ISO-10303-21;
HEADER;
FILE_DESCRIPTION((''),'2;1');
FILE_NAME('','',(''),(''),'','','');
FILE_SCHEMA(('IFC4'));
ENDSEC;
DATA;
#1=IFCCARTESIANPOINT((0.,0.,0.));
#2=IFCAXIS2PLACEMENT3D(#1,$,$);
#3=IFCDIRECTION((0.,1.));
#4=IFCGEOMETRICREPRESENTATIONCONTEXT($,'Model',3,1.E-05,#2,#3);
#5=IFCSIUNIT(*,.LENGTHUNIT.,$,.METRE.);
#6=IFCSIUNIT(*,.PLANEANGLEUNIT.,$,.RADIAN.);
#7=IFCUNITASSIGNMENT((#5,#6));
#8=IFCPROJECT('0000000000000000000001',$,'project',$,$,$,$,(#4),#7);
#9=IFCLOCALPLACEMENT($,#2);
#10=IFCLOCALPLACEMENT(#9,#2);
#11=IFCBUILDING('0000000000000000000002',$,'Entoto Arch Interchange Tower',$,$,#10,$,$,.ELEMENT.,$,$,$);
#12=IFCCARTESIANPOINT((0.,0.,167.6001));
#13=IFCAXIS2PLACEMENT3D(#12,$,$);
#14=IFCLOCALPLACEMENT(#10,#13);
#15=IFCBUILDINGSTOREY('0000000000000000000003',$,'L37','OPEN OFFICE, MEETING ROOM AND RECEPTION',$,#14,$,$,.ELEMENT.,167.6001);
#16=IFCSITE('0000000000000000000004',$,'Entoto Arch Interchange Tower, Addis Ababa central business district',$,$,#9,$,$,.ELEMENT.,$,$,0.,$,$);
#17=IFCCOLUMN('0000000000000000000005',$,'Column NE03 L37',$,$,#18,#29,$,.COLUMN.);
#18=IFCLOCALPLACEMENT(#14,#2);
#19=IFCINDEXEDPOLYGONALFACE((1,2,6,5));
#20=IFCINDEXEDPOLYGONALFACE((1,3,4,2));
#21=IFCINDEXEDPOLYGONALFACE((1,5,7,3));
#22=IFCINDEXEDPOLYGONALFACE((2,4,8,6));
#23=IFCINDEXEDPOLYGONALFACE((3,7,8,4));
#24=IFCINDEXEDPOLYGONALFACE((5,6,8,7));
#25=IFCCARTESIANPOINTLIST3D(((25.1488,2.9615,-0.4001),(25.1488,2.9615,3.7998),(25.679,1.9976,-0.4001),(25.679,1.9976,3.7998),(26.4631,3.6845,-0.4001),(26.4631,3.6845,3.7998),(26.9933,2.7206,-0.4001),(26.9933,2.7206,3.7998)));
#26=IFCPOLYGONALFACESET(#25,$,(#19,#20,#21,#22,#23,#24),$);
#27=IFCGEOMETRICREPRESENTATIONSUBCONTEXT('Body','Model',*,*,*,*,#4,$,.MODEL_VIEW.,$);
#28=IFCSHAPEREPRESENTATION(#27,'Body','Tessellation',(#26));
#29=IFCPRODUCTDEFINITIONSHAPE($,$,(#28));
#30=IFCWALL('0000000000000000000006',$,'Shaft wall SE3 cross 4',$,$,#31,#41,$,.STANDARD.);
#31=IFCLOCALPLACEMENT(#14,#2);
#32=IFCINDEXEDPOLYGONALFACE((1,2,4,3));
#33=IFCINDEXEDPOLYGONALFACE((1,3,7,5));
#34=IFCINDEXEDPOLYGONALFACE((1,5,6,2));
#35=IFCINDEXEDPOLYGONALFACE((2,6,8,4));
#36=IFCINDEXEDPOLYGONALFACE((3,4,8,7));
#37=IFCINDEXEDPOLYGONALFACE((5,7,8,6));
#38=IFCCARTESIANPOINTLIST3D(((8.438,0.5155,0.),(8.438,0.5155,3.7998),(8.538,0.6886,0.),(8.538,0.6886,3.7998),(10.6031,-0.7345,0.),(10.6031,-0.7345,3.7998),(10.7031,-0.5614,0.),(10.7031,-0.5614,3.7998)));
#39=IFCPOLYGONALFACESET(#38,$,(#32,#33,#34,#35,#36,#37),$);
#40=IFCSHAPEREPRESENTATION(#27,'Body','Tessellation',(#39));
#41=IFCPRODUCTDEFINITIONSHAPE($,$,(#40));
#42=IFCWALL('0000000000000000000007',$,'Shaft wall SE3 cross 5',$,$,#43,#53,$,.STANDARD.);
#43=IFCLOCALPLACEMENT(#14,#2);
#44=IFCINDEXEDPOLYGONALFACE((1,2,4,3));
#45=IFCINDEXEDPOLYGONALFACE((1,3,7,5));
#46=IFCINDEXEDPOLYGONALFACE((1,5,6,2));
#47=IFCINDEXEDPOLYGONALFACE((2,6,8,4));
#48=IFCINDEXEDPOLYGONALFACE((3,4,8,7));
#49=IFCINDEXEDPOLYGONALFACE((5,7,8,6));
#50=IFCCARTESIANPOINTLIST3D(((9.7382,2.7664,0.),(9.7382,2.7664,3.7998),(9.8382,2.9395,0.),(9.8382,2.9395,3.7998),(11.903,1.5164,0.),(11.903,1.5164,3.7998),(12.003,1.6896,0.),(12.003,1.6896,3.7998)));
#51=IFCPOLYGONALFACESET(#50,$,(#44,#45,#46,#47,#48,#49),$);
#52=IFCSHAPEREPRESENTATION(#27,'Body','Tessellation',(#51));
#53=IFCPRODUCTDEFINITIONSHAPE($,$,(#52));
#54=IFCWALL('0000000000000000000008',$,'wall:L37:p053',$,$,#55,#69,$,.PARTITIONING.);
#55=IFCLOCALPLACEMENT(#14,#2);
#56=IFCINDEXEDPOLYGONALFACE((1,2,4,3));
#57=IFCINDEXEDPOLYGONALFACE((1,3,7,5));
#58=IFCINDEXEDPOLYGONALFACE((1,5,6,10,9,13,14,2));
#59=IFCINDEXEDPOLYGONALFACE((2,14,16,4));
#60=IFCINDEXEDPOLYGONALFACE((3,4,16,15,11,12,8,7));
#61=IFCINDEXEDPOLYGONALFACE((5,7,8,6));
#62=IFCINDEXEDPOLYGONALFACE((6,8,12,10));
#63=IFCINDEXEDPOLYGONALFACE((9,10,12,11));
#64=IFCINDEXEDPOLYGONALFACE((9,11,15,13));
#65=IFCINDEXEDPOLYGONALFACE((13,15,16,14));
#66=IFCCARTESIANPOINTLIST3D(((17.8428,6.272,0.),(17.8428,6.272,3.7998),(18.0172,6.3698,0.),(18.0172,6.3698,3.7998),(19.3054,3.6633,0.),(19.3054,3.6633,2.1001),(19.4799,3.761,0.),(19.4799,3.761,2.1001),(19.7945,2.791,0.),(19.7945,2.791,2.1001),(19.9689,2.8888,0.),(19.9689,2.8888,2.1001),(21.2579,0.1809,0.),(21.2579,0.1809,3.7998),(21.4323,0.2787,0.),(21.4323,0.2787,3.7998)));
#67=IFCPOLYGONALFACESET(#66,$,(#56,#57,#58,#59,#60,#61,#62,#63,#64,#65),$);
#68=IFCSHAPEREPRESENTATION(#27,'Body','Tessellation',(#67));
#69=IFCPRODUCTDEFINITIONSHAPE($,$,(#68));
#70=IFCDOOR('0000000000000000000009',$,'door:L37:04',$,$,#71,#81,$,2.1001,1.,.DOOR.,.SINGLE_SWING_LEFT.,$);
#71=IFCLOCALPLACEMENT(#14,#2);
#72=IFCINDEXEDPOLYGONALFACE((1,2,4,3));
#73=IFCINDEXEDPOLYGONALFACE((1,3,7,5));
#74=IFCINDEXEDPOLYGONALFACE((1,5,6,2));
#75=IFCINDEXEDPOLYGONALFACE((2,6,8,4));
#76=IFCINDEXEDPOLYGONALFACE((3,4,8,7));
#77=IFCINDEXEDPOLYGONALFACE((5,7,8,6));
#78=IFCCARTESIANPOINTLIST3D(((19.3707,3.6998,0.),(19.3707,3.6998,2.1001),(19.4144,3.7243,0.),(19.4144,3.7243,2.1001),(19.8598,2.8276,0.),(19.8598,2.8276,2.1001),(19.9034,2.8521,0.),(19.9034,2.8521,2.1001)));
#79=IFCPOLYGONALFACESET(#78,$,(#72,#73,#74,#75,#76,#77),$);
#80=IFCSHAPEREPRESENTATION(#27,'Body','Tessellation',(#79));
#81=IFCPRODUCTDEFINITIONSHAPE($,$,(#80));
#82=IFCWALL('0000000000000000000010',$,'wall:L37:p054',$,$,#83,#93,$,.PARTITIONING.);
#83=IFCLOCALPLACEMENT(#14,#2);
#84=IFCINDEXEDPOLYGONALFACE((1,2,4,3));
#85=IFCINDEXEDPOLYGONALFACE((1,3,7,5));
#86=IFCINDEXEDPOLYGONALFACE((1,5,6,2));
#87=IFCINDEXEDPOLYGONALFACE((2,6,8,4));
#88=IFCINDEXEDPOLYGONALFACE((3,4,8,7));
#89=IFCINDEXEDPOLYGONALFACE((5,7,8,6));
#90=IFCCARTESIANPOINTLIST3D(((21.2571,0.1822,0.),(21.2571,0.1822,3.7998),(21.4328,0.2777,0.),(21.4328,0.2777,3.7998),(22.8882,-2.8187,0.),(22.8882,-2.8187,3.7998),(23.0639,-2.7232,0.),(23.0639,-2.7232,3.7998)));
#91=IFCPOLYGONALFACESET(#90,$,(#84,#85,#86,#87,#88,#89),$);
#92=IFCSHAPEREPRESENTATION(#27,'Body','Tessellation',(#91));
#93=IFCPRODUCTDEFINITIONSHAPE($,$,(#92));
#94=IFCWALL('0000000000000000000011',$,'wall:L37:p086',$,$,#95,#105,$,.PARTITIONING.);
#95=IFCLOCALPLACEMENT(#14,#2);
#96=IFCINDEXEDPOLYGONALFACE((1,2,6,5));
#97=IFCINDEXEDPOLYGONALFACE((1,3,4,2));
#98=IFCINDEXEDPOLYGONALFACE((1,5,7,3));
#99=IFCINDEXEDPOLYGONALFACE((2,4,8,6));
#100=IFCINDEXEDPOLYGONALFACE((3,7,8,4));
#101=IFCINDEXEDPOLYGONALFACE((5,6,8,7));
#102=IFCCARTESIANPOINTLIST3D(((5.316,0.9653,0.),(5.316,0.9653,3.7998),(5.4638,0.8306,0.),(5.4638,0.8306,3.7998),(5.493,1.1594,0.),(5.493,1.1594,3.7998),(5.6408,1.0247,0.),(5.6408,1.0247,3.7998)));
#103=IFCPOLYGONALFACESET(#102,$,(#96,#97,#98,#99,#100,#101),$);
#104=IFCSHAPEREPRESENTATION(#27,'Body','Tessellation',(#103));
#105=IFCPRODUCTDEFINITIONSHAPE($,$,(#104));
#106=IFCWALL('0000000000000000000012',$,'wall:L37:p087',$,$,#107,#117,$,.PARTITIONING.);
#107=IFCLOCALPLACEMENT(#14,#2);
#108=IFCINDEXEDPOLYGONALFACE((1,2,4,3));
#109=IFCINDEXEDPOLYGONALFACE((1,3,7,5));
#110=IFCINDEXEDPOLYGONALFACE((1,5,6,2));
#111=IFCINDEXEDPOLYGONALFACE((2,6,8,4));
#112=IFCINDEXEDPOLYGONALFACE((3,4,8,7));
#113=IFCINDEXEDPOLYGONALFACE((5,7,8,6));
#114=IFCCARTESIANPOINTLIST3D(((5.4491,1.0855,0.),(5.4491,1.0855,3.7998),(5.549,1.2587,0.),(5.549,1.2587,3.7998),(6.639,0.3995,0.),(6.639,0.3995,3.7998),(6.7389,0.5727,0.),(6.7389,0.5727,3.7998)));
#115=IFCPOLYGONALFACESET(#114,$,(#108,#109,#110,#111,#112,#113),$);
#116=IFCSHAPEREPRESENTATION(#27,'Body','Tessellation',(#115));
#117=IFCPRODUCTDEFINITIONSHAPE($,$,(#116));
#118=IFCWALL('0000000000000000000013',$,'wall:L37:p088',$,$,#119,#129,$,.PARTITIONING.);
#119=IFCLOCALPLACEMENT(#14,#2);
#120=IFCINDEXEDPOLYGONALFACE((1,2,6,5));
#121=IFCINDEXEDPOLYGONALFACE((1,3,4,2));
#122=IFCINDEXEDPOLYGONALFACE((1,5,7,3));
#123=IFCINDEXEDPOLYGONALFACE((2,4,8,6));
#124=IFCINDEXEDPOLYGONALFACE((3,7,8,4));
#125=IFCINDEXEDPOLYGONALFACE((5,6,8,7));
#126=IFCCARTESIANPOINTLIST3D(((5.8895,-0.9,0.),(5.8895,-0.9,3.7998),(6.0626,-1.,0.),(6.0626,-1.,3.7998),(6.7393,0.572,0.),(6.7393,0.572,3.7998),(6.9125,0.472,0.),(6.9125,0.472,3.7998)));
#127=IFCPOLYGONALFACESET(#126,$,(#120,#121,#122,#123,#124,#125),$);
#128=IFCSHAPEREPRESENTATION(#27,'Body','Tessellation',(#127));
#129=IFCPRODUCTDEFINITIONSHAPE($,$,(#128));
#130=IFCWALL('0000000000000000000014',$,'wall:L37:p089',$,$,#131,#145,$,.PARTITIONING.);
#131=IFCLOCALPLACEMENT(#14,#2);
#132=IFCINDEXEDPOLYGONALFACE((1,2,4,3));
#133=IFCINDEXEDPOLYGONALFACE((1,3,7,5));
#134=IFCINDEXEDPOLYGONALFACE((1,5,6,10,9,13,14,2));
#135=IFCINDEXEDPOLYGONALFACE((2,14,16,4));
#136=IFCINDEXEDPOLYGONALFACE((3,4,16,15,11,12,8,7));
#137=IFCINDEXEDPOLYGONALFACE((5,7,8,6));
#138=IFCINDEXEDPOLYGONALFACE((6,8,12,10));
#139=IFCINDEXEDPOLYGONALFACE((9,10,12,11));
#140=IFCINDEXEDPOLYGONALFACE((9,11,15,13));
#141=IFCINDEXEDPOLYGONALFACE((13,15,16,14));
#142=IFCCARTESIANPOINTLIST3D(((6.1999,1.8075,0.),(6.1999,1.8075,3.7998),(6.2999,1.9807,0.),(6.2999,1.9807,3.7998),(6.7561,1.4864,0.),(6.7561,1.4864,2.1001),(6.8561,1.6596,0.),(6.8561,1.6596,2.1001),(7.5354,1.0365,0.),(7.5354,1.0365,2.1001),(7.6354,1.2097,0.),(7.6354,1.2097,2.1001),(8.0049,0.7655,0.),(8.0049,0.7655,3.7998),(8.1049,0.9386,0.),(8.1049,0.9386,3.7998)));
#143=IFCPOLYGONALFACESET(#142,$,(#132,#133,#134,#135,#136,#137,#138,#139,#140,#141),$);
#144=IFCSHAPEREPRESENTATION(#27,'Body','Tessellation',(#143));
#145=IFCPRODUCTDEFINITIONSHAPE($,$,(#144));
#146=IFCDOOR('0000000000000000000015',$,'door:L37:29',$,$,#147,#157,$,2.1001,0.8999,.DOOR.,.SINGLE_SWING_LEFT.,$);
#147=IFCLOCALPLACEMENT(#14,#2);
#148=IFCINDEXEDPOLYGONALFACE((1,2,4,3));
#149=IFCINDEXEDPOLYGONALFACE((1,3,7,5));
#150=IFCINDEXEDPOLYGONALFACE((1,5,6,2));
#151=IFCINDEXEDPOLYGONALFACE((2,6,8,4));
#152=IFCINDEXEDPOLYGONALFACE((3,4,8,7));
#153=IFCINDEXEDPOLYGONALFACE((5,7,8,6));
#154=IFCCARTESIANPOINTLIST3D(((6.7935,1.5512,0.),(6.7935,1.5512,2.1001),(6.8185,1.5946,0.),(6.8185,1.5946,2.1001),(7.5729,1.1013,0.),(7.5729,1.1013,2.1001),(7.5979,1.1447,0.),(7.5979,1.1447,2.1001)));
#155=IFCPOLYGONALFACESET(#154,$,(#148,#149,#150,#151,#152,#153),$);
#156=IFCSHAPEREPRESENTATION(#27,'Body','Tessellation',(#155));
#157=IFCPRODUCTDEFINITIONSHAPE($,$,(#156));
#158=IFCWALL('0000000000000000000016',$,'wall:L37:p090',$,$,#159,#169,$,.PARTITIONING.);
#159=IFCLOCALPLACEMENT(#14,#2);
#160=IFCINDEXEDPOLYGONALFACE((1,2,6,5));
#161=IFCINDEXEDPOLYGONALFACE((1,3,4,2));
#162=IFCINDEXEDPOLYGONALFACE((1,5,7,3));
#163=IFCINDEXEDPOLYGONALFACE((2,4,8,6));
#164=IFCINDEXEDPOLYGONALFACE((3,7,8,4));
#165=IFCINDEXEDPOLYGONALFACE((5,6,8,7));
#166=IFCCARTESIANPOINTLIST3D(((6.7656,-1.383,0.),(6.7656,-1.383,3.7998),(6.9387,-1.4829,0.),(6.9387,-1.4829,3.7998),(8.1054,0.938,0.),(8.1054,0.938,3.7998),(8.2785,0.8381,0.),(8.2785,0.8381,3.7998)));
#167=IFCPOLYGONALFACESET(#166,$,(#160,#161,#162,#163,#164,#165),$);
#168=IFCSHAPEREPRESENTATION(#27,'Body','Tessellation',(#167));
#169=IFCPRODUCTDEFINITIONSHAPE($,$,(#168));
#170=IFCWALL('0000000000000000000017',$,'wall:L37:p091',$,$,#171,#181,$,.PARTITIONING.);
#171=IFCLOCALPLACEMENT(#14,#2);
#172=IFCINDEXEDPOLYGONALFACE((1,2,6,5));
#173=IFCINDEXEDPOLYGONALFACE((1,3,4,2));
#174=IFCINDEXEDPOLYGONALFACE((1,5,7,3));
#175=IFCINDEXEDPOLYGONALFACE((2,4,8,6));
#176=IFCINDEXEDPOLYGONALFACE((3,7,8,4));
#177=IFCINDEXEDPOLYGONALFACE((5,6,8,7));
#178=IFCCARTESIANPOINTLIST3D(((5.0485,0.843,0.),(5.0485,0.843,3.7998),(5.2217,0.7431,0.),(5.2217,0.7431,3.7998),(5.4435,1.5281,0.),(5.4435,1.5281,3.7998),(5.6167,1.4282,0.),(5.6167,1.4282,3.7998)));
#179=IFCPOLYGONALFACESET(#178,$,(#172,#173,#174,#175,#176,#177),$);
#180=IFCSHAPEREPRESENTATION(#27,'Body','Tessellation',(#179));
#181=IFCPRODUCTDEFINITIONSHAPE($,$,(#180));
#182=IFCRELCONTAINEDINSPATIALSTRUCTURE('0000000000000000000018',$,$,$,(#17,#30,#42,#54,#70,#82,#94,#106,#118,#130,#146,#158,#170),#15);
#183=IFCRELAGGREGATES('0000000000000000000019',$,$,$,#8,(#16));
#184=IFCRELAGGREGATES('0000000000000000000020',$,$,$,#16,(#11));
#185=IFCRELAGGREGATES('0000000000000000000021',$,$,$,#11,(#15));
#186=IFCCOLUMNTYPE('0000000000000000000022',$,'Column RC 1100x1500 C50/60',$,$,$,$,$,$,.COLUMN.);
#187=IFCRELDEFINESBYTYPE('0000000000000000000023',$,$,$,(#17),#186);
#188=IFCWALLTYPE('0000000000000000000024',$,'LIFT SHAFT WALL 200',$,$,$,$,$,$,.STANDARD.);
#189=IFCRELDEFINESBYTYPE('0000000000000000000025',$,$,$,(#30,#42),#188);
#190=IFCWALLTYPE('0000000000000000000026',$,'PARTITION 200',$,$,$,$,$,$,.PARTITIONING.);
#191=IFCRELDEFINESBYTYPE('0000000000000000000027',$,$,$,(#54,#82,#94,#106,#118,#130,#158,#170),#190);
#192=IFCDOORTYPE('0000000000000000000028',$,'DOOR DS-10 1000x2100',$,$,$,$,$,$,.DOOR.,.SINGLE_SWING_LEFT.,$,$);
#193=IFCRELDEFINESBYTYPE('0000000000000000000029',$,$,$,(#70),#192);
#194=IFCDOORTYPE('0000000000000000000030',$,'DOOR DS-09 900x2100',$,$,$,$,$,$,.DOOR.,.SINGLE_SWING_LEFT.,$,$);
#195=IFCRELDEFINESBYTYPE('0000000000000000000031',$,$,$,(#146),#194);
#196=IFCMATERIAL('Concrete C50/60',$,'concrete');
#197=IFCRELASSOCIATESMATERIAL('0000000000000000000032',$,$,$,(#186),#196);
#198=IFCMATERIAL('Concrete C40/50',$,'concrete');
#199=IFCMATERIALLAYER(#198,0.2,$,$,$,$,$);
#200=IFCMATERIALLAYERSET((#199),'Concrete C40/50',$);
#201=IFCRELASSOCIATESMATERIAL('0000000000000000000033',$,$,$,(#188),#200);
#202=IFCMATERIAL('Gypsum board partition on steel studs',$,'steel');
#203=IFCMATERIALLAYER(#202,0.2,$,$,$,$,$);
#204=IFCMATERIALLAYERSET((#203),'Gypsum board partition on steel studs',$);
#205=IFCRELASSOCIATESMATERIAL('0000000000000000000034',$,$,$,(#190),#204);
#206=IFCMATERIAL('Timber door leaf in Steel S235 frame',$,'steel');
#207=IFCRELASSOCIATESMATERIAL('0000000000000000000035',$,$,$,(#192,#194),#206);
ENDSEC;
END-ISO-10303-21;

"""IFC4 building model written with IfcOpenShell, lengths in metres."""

from ifc_helpers import new_model, si_unit, direction, frame, frame_2d, origin, origin_2d, place, context, subcontext, project, spatial, rectangle, extrude, material, layer, layer_set, material_profile, profile_set, type_object, element, fill, save


model = new_model("IFC4")

# Units and contexts
model_context = context("Model", 3, precision=1e-05, world=origin(), true_north=direction((0.0, 1.0)))
body_context = subcontext(model_context, "Body", "Model", "MODEL_VIEW")
ifc_project = project(units=[si_unit("LENGTHUNIT", "METRE"), si_unit("PLANEANGLEUNIT", "RADIAN")], contexts=[model_context])

# Site, building, storey
site_placement = place(None, origin())
site = spatial("IfcSite", under=ifc_project, at=site_placement, Name="Entoto Arch Interchange Tower, Addis Ababa central business district", CompositionType="ELEMENT", RefElevation=0.0)
building_placement = place(site_placement, origin())
building = spatial("IfcBuilding", under=site, at=building_placement, Name="Entoto Arch Interchange Tower", CompositionType="ELEMENT")
storey_placement = place(building_placement, frame((0.0, 0.0, 167.6001)))
storey = spatial("IfcBuildingStorey", under=building, at=storey_placement, Name="L37", Description="OPEN OFFICE, MEETING ROOM AND RECEPTION", CompositionType="ELEMENT", Elevation=167.6001)

# Column
ifc_material_1 = material(Name="Concrete C50/60", Category="concrete")
ifc_material_profile = material_profile(ifc_material_1, rectangle(XDim=1.1001, YDim=1.5, at=origin_2d()))
ifc_profile_set = profile_set([ifc_material_profile], Name="Concrete C50/60")
column_type = type_object("IfcColumnType", Name="Column RC 1100x1500 C50/60", PredefinedType="COLUMN", material=ifc_profile_set)
column_placement = place(storey_placement, frame((26.071, 2.8411, -0.4001), z_axis=(0.0, 0.0, 1.0), x_axis=(-0.481983, 0.876181, 0.0)))
element("IfcColumn", 1, at=column_placement, inside=storey, type_object=column_type, Name="Column NE03 L37", PredefinedType="COLUMN", context=body_context, shape_type="SweptSolid", body=[
    extrude(rectangle(XDim=1.1001, YDim=1.5, at=origin_2d()), origin(), (0.0, 0.0, 1.0), 4.2),
])

# Walls
ifc_material_2 = material(Name="Concrete C40/50", Category="concrete")
ifc_layer_1 = layer(ifc_material_2, 0.2)
ifc_layer_set_1 = layer_set([ifc_layer_1], Name="Concrete C40/50")
wall_type_1 = type_object("IfcWallType", Name="LIFT SHAFT WALL 200", PredefinedType="STANDARD", material=ifc_layer_set_1)
wall_1_placement = place(storey_placement, frame((8.488, 0.6021, 0.0), z_axis=(0.0, 0.0, 1.0), x_axis=(0.866023, -0.500004, 0.0)))
element("IfcWall", 2, at=wall_1_placement, inside=storey, type_object=wall_type_1, Name="Shaft wall SE3 cross 4", PredefinedType="STANDARD", context=body_context, shape_type="SweptSolid", body=[
    extrude(rectangle(XDim=2.5, YDim=0.2, at=frame_2d((1.25, 0.0))), origin(), (0.0, 0.0, 1.0), 3.7998),
])
wall_2_placement = place(storey_placement, frame((9.7881, 2.853, 0.0), z_axis=(0.0, 0.0, 1.0), x_axis=(0.865999, -0.500047, 0.0)))
element("IfcWall", 3, at=wall_2_placement, inside=storey, type_object=wall_type_1, Name="Shaft wall SE3 cross 5", PredefinedType="STANDARD", context=body_context, shape_type="SweptSolid", body=[
    extrude(rectangle(XDim=2.4998, YDim=0.2, at=frame_2d((1.25, 0.0))), origin(), (0.0, 0.0, 1.0), 3.7998),
])

# Wall, opening, door
ifc_material_3 = material(Name="Gypsum board partition on steel studs", Category="steel")
ifc_layer_2 = layer(ifc_material_3, 0.2)
ifc_layer_set_2 = layer_set([ifc_layer_2], Name="Gypsum board partition on steel studs")
wall_type_2 = type_object("IfcWallType", Name="PARTITION 200", PredefinedType="PARTITIONING", material=ifc_layer_set_2)
wall_3_placement = place(storey_placement, frame((17.9299, 6.321, 0.0), z_axis=(0.0, 0.0, 1.0), x_axis=(0.489044, -0.872259, 0.0)))
wall_3 = element("IfcWall", 4, at=wall_3_placement, inside=storey, type_object=wall_type_2, Name="wall:L37:p053", PredefinedType="PARTITIONING", context=body_context, shape_type="SweptSolid", body=[
    extrude(rectangle(XDim=6.9832, YDim=0.2, at=frame_2d((3.4917, 0.0))), origin(), (0.0, 0.0, 1.0), 3.7998),
])
opening_1_placement = place(wall_3_placement, frame((2.991, 0.0, 0.0)))
opening_1 = element("IfcOpeningElement", 5, at=opening_1_placement, cuts=wall_3, PredefinedType="OPENING", context=body_context, shape_type="SweptSolid", body=[
    extrude(rectangle(XDim=1.0, YDim=2.1001, at=frame_2d((0.5, 1.05))), frame((0.0, 0.1099, 0.0), z_axis=(0.0, -1.0, 0.0), x_axis=(1.0, 0.0, 0.0)), (0.0, 0.0, 1.0), 0.22),
])
ifc_material_4 = material(Name="Timber door leaf in Steel S235 frame", Category="steel")
door_type_1 = type_object("IfcDoorType", Name="DOOR DS-10 1000x2100", OperationType="SINGLE_SWING_LEFT", PredefinedType="DOOR", material=ifc_material_4)
door_1_placement = place(opening_1_placement, origin())
door_1 = element("IfcDoor", 6, at=door_1_placement, inside=storey, type_object=door_type_1, Name="door:L37:04", OperationType="SINGLE_SWING_LEFT", OverallHeight=2.1001, OverallWidth=1.0, PredefinedType="DOOR", context=body_context, shape_type="SweptSolid", body=[
    extrude(rectangle(XDim=1.0, YDim=2.1001, at=frame_2d((0.5, 1.05))), frame((0.0, 0.0249, 0.0), z_axis=(0.0, -1.0, 0.0), x_axis=(1.0, 0.0, 0.0)), (0.0, 0.0, 1.0), 0.05),
])
fill(opening_1, door_1)

# Walls
wall_4_placement = place(storey_placement, frame((21.345, 0.23, 0.0), z_axis=(0.0, 0.0, 1.0), x_axis=(0.477545, -0.878608, 0.0)))
element("IfcWall", 7, at=wall_4_placement, inside=storey, type_object=wall_type_2, Name="wall:L37:p054", PredefinedType="PARTITIONING", context=body_context, shape_type="SweptSolid", body=[
    extrude(rectangle(XDim=3.4155, YDim=0.2, at=frame_2d((1.7078, 0.0))), origin(), (0.0, 0.0, 1.0), 3.7998),
])
wall_5_placement = place(storey_placement, frame((5.3899, 0.8979, 0.0), z_axis=(0.0, 0.0, 1.0), x_axis=(0.673828, 0.738888, 0.0)))
element("IfcWall", 8, at=wall_5_placement, inside=storey, type_object=wall_type_2, Name="wall:L37:p086", PredefinedType="PARTITIONING", context=body_context, shape_type="SweptSolid", body=[
    extrude(rectangle(XDim=0.2627, YDim=0.2, at=frame_2d((0.1313, 0.0))), origin(), (0.0, 0.0, 1.0), 3.7998),
])
wall_6_placement = place(storey_placement, frame((5.499, 1.1721, 0.0), z_axis=(0.0, 0.0, 1.0), x_axis=(0.866334, -0.499466, 0.0)))
element("IfcWall", 9, at=wall_6_placement, inside=storey, type_object=wall_type_2, Name="wall:L37:p087", PredefinedType="PARTITIONING", context=body_context, shape_type="SweptSolid", body=[
    extrude(rectangle(XDim=1.3735, YDim=0.2, at=frame_2d((0.6868, 0.0))), origin(), (0.0, 0.0, 1.0), 3.7998),
])
wall_7_placement = place(storey_placement, frame((6.8259, 0.522, 0.0), z_axis=(0.0, 0.0, 1.0), x_axis=(-0.500017, -0.866016, 0.0)))
element("IfcWall", 10, at=wall_7_placement, inside=storey, type_object=wall_type_2, Name="wall:L37:p088", PredefinedType="PARTITIONING", context=body_context, shape_type="SweptSolid", body=[
    extrude(rectangle(XDim=1.6997, YDim=0.2, at=frame_2d((0.8499, 0.0))), origin(), (0.0, 0.0, 1.0), 3.7998),
])

# Wall, opening, door
wall_8_placement = place(storey_placement, frame((6.25, 1.894, 0.0), z_axis=(0.0, 0.0, 1.0), x_axis=(0.866043, -0.499969, 0.0)))
wall_8 = element("IfcWall", 11, at=wall_8_placement, inside=storey, type_object=wall_type_2, Name="wall:L37:p089", PredefinedType="PARTITIONING", context=body_context, shape_type="SweptSolid", body=[
    extrude(rectangle(XDim=2.0842, YDim=0.2, at=frame_2d((1.042, 0.0))), origin(), (0.0, 0.0, 1.0), 3.7998),
])
opening_2_placement = place(wall_8_placement, frame((0.6421, 0.0, 0.0)))
opening_2 = element("IfcOpeningElement", 12, at=opening_2_placement, cuts=wall_8, PredefinedType="OPENING", context=body_context, shape_type="SweptSolid", body=[
    extrude(rectangle(XDim=0.8999, YDim=2.1001, at=frame_2d((0.45, 1.05))), frame((0.0, 0.1099, 0.0), z_axis=(0.0, -1.0, 0.0), x_axis=(1.0, 0.0, 0.0)), (0.0, 0.0, 1.0), 0.22),
])
door_type_2 = type_object("IfcDoorType", Name="DOOR DS-09 900x2100", OperationType="SINGLE_SWING_LEFT", PredefinedType="DOOR", material=ifc_material_4)
door_2_placement = place(opening_2_placement, origin())
door_2 = element("IfcDoor", 13, at=door_2_placement, inside=storey, type_object=door_type_2, Name="door:L37:29", OperationType="SINGLE_SWING_LEFT", OverallHeight=2.1001, OverallWidth=0.8999, PredefinedType="DOOR", context=body_context, shape_type="SweptSolid", body=[
    extrude(rectangle(XDim=0.8999, YDim=2.1001, at=frame_2d((0.45, 1.05))), frame((0.0, 0.0249, 0.0), z_axis=(0.0, -1.0, 0.0), x_axis=(1.0, 0.0, 0.0)), (0.0, 0.0, 1.0), 0.05),
])
fill(opening_2, door_2)

# Walls
wall_9_placement = place(storey_placement, frame((8.1919, 0.8879, 0.0), z_axis=(0.0, 0.0, 1.0), x_axis=(-0.499941, -0.86606, 0.0)))
element("IfcWall", 14, at=wall_9_placement, inside=storey, type_object=wall_type_2, Name="wall:L37:p090", PredefinedType="PARTITIONING", context=body_context, shape_type="SweptSolid", body=[
    extrude(rectangle(XDim=2.6799, YDim=0.2, at=frame_2d((1.3398, 0.0))), origin(), (0.0, 0.0, 1.0), 3.7998),
])
wall_10_placement = place(storey_placement, frame((5.135, 0.793, 0.0), z_axis=(0.0, 0.0, 1.0), x_axis=(0.499526, 0.866299, 0.0)))
element("IfcWall", 15, at=wall_10_placement, inside=storey, type_object=wall_type_2, Name="wall:L37:p091", PredefinedType="PARTITIONING", context=body_context, shape_type="SweptSolid", body=[
    extrude(rectangle(XDim=0.7908, YDim=0.2, at=frame_2d((0.3955, 0.0))), origin(), (0.0, 0.0, 1.0), 3.7998),
])

save(model, "model.ifc")
